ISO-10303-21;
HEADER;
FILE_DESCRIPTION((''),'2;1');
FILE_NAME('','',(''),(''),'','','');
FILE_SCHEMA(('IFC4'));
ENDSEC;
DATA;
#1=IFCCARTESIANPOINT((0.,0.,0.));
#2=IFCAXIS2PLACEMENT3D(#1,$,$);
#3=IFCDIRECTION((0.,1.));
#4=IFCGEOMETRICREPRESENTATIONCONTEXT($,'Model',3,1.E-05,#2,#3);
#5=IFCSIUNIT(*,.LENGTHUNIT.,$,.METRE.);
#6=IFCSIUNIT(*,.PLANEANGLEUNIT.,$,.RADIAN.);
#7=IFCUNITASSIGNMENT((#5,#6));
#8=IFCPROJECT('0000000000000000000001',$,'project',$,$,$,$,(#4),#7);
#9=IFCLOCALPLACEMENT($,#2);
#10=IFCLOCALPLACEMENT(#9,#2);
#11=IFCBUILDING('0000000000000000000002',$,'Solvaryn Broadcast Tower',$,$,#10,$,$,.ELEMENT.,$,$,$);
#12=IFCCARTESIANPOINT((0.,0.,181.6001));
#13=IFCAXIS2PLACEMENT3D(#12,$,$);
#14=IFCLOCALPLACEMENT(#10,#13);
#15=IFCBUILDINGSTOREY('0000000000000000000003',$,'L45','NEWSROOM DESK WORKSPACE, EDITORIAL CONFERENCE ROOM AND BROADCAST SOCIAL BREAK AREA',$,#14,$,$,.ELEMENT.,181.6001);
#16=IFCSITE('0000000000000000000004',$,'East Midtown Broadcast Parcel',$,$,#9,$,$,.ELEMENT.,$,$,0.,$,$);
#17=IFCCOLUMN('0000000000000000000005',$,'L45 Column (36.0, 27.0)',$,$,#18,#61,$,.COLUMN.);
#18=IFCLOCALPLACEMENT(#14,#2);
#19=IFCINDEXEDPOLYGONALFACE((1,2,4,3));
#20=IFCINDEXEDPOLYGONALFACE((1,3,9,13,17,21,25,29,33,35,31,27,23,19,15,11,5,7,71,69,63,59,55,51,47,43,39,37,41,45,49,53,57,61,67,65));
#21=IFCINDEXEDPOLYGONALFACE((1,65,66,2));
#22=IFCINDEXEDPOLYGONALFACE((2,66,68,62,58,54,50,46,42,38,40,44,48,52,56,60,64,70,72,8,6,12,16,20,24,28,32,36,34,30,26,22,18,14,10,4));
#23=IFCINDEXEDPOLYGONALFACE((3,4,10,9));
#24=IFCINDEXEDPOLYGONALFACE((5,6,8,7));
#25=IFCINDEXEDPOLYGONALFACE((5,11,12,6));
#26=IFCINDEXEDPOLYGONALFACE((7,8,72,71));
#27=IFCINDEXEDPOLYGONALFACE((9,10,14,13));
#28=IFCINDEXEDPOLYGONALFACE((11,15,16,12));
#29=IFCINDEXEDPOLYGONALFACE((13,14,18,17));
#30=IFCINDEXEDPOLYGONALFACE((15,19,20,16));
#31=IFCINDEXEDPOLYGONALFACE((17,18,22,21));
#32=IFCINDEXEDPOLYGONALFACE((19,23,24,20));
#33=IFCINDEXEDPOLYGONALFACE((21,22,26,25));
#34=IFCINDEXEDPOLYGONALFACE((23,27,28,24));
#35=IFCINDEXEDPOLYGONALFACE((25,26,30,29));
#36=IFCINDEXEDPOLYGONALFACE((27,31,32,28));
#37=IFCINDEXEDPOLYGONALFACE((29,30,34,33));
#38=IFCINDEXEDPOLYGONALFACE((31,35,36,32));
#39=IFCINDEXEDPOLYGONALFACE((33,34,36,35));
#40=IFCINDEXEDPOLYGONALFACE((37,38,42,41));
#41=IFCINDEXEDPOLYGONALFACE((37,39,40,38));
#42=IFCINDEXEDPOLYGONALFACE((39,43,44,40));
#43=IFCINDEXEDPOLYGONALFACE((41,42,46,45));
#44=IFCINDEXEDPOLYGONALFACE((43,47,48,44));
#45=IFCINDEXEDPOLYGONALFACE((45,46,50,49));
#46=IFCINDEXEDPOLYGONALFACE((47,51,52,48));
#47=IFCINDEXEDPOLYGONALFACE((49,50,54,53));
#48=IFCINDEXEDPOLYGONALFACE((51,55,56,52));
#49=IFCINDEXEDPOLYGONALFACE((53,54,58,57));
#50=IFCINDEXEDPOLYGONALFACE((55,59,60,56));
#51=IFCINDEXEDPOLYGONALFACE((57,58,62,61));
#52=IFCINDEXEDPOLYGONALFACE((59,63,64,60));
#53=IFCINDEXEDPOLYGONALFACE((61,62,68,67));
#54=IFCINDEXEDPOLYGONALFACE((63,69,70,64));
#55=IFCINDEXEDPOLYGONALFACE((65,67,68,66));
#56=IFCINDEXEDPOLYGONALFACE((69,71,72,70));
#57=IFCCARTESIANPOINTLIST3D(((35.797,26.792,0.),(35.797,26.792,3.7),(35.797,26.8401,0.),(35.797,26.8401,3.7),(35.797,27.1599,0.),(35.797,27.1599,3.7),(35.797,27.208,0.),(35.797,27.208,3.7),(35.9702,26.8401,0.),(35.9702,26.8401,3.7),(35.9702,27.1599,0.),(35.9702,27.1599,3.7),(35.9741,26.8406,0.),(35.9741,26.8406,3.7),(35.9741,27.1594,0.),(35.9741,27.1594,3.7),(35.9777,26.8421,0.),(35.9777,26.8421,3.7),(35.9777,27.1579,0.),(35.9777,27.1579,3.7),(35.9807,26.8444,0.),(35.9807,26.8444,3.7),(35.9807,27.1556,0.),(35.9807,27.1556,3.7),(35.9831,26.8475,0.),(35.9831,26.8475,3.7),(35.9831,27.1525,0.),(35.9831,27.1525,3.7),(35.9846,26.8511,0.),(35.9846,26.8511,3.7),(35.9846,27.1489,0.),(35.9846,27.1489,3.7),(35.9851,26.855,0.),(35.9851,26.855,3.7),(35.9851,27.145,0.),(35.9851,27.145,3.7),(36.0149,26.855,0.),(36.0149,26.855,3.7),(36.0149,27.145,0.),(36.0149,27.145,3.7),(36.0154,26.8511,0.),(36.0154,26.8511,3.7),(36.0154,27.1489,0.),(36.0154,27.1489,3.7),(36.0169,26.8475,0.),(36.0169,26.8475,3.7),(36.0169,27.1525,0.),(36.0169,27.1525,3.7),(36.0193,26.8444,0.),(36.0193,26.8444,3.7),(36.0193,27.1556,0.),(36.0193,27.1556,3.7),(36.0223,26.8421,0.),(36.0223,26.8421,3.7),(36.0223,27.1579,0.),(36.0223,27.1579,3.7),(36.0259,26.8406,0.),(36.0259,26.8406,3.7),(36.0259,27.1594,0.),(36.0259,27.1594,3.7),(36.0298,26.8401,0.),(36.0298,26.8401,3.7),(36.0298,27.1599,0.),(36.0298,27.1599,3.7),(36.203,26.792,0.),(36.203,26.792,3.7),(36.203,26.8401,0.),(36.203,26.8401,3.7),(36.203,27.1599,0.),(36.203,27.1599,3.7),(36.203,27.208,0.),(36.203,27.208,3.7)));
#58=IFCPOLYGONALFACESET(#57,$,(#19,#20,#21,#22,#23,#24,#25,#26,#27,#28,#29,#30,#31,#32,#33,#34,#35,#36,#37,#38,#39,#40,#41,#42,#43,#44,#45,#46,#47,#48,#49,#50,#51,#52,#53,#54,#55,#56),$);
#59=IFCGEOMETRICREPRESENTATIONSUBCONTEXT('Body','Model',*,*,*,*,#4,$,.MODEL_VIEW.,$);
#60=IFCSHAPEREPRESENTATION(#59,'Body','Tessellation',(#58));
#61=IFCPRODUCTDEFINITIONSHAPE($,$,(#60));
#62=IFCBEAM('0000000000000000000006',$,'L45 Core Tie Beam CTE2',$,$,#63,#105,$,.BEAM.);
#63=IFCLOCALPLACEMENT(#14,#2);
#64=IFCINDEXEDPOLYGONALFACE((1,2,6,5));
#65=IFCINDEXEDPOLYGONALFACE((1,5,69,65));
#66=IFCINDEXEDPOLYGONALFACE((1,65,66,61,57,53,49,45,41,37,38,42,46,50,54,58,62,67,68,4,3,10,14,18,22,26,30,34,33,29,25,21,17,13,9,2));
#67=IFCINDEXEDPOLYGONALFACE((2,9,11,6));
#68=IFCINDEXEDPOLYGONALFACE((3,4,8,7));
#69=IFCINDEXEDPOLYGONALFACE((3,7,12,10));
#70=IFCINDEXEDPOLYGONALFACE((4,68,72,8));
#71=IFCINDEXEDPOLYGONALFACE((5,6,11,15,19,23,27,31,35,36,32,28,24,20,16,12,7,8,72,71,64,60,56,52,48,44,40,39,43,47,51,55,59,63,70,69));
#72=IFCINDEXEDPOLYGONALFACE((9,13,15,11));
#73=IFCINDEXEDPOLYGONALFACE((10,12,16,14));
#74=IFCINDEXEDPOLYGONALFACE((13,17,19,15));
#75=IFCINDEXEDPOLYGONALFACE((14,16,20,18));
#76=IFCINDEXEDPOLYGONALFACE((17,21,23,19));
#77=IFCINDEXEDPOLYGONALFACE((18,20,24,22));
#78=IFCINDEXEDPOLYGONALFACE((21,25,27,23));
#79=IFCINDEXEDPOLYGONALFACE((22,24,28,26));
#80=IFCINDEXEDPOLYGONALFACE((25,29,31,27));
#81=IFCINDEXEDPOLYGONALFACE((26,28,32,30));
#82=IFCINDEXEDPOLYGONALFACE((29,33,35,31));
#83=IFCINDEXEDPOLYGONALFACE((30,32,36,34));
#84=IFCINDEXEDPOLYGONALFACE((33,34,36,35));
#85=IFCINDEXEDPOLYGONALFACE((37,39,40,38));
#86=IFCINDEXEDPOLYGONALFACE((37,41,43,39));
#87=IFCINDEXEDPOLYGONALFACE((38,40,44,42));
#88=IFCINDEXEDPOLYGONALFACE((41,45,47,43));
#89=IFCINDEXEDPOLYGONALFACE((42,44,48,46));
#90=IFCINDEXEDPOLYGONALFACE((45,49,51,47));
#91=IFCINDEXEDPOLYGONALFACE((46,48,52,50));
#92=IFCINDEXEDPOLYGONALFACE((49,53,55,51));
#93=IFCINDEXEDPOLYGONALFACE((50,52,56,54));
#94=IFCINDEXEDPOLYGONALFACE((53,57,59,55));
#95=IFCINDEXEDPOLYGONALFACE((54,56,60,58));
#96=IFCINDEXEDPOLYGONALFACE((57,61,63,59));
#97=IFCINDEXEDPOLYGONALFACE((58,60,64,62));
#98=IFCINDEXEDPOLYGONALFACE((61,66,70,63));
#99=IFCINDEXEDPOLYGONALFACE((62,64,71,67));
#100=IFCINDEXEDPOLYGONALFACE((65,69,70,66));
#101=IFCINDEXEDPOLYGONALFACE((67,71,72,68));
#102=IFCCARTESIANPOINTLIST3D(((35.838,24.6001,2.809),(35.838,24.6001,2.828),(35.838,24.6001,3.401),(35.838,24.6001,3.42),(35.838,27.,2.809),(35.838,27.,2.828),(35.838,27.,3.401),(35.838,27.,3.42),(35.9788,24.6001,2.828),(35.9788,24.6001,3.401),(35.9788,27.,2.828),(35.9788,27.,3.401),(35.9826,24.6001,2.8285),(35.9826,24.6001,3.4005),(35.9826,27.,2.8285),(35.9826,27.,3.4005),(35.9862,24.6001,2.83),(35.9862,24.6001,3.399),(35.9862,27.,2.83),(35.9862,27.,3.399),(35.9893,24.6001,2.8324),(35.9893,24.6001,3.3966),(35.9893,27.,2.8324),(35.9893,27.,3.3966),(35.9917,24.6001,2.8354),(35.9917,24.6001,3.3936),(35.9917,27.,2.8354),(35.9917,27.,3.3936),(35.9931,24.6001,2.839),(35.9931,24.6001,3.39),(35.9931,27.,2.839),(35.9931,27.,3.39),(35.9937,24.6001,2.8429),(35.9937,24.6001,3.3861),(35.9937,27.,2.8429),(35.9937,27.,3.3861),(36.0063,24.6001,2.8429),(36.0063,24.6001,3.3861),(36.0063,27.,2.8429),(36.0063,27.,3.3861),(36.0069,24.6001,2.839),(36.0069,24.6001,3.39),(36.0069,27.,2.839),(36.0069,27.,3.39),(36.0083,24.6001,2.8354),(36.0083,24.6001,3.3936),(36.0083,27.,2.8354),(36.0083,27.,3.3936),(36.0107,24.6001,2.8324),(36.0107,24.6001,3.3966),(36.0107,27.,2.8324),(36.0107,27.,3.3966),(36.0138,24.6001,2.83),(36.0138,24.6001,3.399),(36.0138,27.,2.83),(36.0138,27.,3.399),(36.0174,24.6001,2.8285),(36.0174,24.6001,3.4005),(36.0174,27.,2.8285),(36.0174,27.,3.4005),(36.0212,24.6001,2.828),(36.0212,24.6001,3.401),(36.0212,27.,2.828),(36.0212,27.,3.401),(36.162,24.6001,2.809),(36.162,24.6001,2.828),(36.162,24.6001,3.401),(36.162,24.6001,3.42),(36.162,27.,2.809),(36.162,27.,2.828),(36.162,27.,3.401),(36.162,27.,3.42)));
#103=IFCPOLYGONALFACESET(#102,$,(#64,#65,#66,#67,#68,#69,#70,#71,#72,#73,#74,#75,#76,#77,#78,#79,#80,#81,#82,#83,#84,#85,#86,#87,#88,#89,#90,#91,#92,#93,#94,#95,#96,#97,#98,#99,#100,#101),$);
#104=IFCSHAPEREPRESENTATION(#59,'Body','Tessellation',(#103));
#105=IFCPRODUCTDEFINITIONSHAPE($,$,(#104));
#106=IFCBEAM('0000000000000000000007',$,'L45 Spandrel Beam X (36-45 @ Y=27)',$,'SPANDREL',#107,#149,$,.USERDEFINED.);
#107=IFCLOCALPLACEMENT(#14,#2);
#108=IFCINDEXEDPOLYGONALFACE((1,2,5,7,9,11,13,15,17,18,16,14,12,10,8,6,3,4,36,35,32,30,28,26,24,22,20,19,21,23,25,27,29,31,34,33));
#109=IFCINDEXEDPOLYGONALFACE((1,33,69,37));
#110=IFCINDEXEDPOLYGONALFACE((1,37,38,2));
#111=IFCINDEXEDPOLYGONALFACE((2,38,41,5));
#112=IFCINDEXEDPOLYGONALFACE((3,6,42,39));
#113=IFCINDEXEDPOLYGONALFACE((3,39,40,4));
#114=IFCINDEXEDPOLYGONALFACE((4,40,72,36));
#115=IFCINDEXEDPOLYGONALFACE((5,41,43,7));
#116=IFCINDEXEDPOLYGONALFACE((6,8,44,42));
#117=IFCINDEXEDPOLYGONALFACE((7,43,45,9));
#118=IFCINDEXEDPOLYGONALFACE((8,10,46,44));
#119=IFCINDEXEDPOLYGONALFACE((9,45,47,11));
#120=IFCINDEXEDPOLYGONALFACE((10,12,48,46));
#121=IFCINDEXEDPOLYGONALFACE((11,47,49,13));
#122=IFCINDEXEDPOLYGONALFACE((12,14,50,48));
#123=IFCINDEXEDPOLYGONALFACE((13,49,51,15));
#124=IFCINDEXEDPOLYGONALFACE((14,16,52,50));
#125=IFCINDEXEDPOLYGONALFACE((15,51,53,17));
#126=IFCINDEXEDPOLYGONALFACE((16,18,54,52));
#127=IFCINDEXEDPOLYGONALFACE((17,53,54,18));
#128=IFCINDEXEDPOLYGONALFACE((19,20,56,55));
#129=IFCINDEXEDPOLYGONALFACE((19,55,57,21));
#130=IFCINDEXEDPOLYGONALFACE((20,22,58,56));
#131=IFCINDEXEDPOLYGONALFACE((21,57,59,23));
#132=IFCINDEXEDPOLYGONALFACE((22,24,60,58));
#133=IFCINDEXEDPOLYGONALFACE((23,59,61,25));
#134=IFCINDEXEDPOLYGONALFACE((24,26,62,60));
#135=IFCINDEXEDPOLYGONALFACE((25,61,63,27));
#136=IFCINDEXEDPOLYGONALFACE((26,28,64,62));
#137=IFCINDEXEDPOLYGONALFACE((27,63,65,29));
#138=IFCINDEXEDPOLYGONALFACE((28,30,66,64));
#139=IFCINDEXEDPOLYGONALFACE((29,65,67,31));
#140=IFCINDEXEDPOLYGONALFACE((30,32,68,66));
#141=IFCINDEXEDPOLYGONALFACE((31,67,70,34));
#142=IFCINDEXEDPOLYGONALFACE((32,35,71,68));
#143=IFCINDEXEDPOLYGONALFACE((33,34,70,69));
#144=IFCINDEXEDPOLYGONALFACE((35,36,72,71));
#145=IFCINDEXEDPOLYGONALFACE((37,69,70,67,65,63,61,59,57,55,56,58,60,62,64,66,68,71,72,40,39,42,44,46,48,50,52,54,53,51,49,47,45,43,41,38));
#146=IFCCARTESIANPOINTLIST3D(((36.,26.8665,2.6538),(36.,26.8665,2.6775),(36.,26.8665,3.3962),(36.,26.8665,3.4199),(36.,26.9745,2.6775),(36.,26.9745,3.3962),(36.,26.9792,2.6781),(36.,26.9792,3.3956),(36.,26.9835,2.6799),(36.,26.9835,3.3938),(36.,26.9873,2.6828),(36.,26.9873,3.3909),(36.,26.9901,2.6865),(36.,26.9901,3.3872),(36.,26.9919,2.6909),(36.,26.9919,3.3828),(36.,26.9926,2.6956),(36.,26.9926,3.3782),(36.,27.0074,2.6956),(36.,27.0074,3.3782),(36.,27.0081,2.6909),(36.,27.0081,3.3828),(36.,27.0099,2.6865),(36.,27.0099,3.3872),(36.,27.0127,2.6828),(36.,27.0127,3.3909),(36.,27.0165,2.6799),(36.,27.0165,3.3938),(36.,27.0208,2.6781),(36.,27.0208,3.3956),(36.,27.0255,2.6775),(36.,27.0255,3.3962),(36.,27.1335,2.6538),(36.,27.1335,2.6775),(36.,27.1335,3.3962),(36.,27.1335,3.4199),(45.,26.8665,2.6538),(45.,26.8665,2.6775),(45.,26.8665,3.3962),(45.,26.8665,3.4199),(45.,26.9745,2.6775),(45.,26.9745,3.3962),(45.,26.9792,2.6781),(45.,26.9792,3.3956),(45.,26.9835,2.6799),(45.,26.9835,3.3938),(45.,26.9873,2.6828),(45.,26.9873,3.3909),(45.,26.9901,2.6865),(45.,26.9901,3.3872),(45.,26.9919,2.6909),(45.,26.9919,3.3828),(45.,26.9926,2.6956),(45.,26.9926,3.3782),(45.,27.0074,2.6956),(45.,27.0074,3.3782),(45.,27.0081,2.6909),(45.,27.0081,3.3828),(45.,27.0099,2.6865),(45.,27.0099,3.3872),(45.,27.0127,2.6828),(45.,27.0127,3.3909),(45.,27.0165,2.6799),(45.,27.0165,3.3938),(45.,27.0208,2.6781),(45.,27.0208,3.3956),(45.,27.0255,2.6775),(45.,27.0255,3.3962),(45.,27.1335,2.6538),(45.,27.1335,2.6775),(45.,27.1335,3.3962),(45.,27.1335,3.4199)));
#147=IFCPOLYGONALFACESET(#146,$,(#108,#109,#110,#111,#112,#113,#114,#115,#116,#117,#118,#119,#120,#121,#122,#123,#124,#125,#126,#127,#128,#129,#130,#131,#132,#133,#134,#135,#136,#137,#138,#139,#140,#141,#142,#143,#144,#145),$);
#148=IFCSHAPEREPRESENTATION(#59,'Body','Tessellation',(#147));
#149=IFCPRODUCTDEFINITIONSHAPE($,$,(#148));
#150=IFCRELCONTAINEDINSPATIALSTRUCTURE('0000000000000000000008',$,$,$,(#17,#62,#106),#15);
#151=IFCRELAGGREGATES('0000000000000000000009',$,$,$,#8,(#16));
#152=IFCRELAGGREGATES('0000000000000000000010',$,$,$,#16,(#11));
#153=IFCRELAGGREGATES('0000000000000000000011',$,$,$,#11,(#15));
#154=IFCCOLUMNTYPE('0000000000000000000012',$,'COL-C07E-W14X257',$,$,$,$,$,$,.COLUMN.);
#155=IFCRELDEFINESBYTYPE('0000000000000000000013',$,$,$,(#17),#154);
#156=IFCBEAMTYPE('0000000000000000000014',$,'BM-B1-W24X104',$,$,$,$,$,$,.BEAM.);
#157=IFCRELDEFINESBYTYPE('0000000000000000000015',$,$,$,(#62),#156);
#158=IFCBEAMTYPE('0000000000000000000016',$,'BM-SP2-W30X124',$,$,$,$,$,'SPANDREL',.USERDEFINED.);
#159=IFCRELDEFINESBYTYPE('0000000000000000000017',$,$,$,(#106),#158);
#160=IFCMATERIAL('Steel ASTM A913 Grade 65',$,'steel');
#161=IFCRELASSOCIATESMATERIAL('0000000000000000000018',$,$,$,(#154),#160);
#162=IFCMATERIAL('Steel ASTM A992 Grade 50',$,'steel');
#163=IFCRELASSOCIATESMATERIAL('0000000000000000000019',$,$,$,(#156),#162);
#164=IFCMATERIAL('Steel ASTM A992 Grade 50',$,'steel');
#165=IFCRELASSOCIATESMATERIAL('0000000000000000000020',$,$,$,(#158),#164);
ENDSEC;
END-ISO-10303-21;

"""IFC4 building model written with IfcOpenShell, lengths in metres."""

from ifc_helpers import new_model, si_unit, direction, frame, origin, origin_2d, place, context, subcontext, project, spatial, i_section, extrude, material, material_profile, profile_set, type_object, element, save


model = new_model("IFC4")

# Units and contexts
model_context = context("Model", 3, precision=1e-05, world=origin(), true_north=direction((0.0, 1.0)))
body_context = subcontext(model_context, "Body", "Model", "MODEL_VIEW")
ifc_project = project(units=[si_unit("LENGTHUNIT", "METRE"), si_unit("PLANEANGLEUNIT", "RADIAN")], contexts=[model_context])

# Site, building, storey
site_placement = place(None, origin())
site = spatial("IfcSite", under=ifc_project, at=site_placement, Name="East Midtown Broadcast Parcel", CompositionType="ELEMENT", RefElevation=0.0)
building_placement = place(site_placement, origin())
building = spatial("IfcBuilding", under=site, at=building_placement, Name="Solvaryn Broadcast Tower", CompositionType="ELEMENT")
storey_placement = place(building_placement, frame((0.0, 0.0, 181.6001)))
storey = spatial("IfcBuildingStorey", under=building, at=storey_placement, Name="L45", Description="NEWSROOM DESK WORKSPACE, EDITORIAL CONFERENCE ROOM AND BROADCAST SOCIAL BREAK AREA", CompositionType="ELEMENT", Elevation=181.6001)

# Column
ifc_material_1 = material(Name="Steel ASTM A913 Grade 65", Category="steel")
ifc_material_profile_1 = material_profile(ifc_material_1, i_section(OverallWidth=0.406, OverallDepth=0.416, WebThickness=0.0298, FlangeThickness=0.0481, FilletRadius=0.0149, at=origin_2d()))
ifc_profile_set_1 = profile_set([ifc_material_profile_1], Name="Steel ASTM A913 Grade 65")
column_type = type_object("IfcColumnType", Name="COL-C07E-W14X257", PredefinedType="COLUMN", material=ifc_profile_set_1)
column_placement = place(storey_placement, frame((36.0, 27.0, 0.0), z_axis=(0.0, 0.0, 1.0), x_axis=(1.0, 0.0, 0.0)))
element("IfcColumn", 1, at=column_placement, inside=storey, type_object=column_type, Name="L45 Column (36.0, 27.0)", PredefinedType="COLUMN", context=body_context, shape_type="SweptSolid", body=[
    extrude(i_section(OverallWidth=0.406, OverallDepth=0.416, WebThickness=0.0298, FlangeThickness=0.0481, FilletRadius=0.0149, at=origin_2d()), origin(), (0.0, 0.0, 1.0), 3.7),
])

# Beams
ifc_material_2 = material(Name="Steel ASTM A992 Grade 50", Category="steel")
ifc_material_profile_2 = material_profile(ifc_material_2, i_section(OverallWidth=0.324, OverallDepth=0.6111, WebThickness=0.0127, FlangeThickness=0.019, FilletRadius=0.0149, at=origin_2d()))
ifc_profile_set_2 = profile_set([ifc_material_profile_2], Name="Steel ASTM A992 Grade 50")
beam_type_1 = type_object("IfcBeamType", Name="BM-B1-W24X104", PredefinedType="BEAM", material=ifc_profile_set_2)
beam_1_placement = place(storey_placement, frame((36.0, 24.6001, 3.1145), z_axis=(0.0, 1.0, 0.0), x_axis=(-1.0, 0.0, 0.0)))
element("IfcBeam", 2, at=beam_1_placement, inside=storey, type_object=beam_type_1, Name="L45 Core Tie Beam CTE2", PredefinedType="BEAM", context=body_context, shape_type="SweptSolid", body=[
    extrude(i_section(OverallWidth=0.324, OverallDepth=0.6111, WebThickness=0.0127, FlangeThickness=0.019, FilletRadius=0.0149, at=origin_2d()), origin(), (0.0, 0.0, 1.0), 2.3999),
])
ifc_material_3 = material(Name="Steel ASTM A992 Grade 50", Category="steel")
ifc_material_profile_3 = material_profile(ifc_material_3, i_section(OverallWidth=0.2671, OverallDepth=0.7661, WebThickness=0.0149, FlangeThickness=0.0237, FilletRadius=0.0181, at=origin_2d()))
ifc_profile_set_3 = profile_set([ifc_material_profile_3], Name="Steel ASTM A992 Grade 50")
beam_type_2 = type_object("IfcBeamType", Name="BM-SP2-W30X124", ElementType="SPANDREL", PredefinedType="USERDEFINED", material=ifc_profile_set_3)
beam_2_placement = place(storey_placement, frame((36.0, 27.0, 3.0369), z_axis=(1.0, 0.0, 0.0), x_axis=(0.0, 1.0, 0.0)))
element("IfcBeam", 3, at=beam_2_placement, inside=storey, type_object=beam_type_2, Name="L45 Spandrel Beam X (36-45 @ Y=27)", ObjectType="SPANDREL", PredefinedType="USERDEFINED", context=body_context, shape_type="SweptSolid", body=[
    extrude(i_section(OverallWidth=0.2671, OverallDepth=0.7661, WebThickness=0.0149, FlangeThickness=0.0237, FilletRadius=0.0181, at=origin_2d()), origin(), (0.0, 0.0, 1.0), 9.0),
])

save(model, "model.ifc")
